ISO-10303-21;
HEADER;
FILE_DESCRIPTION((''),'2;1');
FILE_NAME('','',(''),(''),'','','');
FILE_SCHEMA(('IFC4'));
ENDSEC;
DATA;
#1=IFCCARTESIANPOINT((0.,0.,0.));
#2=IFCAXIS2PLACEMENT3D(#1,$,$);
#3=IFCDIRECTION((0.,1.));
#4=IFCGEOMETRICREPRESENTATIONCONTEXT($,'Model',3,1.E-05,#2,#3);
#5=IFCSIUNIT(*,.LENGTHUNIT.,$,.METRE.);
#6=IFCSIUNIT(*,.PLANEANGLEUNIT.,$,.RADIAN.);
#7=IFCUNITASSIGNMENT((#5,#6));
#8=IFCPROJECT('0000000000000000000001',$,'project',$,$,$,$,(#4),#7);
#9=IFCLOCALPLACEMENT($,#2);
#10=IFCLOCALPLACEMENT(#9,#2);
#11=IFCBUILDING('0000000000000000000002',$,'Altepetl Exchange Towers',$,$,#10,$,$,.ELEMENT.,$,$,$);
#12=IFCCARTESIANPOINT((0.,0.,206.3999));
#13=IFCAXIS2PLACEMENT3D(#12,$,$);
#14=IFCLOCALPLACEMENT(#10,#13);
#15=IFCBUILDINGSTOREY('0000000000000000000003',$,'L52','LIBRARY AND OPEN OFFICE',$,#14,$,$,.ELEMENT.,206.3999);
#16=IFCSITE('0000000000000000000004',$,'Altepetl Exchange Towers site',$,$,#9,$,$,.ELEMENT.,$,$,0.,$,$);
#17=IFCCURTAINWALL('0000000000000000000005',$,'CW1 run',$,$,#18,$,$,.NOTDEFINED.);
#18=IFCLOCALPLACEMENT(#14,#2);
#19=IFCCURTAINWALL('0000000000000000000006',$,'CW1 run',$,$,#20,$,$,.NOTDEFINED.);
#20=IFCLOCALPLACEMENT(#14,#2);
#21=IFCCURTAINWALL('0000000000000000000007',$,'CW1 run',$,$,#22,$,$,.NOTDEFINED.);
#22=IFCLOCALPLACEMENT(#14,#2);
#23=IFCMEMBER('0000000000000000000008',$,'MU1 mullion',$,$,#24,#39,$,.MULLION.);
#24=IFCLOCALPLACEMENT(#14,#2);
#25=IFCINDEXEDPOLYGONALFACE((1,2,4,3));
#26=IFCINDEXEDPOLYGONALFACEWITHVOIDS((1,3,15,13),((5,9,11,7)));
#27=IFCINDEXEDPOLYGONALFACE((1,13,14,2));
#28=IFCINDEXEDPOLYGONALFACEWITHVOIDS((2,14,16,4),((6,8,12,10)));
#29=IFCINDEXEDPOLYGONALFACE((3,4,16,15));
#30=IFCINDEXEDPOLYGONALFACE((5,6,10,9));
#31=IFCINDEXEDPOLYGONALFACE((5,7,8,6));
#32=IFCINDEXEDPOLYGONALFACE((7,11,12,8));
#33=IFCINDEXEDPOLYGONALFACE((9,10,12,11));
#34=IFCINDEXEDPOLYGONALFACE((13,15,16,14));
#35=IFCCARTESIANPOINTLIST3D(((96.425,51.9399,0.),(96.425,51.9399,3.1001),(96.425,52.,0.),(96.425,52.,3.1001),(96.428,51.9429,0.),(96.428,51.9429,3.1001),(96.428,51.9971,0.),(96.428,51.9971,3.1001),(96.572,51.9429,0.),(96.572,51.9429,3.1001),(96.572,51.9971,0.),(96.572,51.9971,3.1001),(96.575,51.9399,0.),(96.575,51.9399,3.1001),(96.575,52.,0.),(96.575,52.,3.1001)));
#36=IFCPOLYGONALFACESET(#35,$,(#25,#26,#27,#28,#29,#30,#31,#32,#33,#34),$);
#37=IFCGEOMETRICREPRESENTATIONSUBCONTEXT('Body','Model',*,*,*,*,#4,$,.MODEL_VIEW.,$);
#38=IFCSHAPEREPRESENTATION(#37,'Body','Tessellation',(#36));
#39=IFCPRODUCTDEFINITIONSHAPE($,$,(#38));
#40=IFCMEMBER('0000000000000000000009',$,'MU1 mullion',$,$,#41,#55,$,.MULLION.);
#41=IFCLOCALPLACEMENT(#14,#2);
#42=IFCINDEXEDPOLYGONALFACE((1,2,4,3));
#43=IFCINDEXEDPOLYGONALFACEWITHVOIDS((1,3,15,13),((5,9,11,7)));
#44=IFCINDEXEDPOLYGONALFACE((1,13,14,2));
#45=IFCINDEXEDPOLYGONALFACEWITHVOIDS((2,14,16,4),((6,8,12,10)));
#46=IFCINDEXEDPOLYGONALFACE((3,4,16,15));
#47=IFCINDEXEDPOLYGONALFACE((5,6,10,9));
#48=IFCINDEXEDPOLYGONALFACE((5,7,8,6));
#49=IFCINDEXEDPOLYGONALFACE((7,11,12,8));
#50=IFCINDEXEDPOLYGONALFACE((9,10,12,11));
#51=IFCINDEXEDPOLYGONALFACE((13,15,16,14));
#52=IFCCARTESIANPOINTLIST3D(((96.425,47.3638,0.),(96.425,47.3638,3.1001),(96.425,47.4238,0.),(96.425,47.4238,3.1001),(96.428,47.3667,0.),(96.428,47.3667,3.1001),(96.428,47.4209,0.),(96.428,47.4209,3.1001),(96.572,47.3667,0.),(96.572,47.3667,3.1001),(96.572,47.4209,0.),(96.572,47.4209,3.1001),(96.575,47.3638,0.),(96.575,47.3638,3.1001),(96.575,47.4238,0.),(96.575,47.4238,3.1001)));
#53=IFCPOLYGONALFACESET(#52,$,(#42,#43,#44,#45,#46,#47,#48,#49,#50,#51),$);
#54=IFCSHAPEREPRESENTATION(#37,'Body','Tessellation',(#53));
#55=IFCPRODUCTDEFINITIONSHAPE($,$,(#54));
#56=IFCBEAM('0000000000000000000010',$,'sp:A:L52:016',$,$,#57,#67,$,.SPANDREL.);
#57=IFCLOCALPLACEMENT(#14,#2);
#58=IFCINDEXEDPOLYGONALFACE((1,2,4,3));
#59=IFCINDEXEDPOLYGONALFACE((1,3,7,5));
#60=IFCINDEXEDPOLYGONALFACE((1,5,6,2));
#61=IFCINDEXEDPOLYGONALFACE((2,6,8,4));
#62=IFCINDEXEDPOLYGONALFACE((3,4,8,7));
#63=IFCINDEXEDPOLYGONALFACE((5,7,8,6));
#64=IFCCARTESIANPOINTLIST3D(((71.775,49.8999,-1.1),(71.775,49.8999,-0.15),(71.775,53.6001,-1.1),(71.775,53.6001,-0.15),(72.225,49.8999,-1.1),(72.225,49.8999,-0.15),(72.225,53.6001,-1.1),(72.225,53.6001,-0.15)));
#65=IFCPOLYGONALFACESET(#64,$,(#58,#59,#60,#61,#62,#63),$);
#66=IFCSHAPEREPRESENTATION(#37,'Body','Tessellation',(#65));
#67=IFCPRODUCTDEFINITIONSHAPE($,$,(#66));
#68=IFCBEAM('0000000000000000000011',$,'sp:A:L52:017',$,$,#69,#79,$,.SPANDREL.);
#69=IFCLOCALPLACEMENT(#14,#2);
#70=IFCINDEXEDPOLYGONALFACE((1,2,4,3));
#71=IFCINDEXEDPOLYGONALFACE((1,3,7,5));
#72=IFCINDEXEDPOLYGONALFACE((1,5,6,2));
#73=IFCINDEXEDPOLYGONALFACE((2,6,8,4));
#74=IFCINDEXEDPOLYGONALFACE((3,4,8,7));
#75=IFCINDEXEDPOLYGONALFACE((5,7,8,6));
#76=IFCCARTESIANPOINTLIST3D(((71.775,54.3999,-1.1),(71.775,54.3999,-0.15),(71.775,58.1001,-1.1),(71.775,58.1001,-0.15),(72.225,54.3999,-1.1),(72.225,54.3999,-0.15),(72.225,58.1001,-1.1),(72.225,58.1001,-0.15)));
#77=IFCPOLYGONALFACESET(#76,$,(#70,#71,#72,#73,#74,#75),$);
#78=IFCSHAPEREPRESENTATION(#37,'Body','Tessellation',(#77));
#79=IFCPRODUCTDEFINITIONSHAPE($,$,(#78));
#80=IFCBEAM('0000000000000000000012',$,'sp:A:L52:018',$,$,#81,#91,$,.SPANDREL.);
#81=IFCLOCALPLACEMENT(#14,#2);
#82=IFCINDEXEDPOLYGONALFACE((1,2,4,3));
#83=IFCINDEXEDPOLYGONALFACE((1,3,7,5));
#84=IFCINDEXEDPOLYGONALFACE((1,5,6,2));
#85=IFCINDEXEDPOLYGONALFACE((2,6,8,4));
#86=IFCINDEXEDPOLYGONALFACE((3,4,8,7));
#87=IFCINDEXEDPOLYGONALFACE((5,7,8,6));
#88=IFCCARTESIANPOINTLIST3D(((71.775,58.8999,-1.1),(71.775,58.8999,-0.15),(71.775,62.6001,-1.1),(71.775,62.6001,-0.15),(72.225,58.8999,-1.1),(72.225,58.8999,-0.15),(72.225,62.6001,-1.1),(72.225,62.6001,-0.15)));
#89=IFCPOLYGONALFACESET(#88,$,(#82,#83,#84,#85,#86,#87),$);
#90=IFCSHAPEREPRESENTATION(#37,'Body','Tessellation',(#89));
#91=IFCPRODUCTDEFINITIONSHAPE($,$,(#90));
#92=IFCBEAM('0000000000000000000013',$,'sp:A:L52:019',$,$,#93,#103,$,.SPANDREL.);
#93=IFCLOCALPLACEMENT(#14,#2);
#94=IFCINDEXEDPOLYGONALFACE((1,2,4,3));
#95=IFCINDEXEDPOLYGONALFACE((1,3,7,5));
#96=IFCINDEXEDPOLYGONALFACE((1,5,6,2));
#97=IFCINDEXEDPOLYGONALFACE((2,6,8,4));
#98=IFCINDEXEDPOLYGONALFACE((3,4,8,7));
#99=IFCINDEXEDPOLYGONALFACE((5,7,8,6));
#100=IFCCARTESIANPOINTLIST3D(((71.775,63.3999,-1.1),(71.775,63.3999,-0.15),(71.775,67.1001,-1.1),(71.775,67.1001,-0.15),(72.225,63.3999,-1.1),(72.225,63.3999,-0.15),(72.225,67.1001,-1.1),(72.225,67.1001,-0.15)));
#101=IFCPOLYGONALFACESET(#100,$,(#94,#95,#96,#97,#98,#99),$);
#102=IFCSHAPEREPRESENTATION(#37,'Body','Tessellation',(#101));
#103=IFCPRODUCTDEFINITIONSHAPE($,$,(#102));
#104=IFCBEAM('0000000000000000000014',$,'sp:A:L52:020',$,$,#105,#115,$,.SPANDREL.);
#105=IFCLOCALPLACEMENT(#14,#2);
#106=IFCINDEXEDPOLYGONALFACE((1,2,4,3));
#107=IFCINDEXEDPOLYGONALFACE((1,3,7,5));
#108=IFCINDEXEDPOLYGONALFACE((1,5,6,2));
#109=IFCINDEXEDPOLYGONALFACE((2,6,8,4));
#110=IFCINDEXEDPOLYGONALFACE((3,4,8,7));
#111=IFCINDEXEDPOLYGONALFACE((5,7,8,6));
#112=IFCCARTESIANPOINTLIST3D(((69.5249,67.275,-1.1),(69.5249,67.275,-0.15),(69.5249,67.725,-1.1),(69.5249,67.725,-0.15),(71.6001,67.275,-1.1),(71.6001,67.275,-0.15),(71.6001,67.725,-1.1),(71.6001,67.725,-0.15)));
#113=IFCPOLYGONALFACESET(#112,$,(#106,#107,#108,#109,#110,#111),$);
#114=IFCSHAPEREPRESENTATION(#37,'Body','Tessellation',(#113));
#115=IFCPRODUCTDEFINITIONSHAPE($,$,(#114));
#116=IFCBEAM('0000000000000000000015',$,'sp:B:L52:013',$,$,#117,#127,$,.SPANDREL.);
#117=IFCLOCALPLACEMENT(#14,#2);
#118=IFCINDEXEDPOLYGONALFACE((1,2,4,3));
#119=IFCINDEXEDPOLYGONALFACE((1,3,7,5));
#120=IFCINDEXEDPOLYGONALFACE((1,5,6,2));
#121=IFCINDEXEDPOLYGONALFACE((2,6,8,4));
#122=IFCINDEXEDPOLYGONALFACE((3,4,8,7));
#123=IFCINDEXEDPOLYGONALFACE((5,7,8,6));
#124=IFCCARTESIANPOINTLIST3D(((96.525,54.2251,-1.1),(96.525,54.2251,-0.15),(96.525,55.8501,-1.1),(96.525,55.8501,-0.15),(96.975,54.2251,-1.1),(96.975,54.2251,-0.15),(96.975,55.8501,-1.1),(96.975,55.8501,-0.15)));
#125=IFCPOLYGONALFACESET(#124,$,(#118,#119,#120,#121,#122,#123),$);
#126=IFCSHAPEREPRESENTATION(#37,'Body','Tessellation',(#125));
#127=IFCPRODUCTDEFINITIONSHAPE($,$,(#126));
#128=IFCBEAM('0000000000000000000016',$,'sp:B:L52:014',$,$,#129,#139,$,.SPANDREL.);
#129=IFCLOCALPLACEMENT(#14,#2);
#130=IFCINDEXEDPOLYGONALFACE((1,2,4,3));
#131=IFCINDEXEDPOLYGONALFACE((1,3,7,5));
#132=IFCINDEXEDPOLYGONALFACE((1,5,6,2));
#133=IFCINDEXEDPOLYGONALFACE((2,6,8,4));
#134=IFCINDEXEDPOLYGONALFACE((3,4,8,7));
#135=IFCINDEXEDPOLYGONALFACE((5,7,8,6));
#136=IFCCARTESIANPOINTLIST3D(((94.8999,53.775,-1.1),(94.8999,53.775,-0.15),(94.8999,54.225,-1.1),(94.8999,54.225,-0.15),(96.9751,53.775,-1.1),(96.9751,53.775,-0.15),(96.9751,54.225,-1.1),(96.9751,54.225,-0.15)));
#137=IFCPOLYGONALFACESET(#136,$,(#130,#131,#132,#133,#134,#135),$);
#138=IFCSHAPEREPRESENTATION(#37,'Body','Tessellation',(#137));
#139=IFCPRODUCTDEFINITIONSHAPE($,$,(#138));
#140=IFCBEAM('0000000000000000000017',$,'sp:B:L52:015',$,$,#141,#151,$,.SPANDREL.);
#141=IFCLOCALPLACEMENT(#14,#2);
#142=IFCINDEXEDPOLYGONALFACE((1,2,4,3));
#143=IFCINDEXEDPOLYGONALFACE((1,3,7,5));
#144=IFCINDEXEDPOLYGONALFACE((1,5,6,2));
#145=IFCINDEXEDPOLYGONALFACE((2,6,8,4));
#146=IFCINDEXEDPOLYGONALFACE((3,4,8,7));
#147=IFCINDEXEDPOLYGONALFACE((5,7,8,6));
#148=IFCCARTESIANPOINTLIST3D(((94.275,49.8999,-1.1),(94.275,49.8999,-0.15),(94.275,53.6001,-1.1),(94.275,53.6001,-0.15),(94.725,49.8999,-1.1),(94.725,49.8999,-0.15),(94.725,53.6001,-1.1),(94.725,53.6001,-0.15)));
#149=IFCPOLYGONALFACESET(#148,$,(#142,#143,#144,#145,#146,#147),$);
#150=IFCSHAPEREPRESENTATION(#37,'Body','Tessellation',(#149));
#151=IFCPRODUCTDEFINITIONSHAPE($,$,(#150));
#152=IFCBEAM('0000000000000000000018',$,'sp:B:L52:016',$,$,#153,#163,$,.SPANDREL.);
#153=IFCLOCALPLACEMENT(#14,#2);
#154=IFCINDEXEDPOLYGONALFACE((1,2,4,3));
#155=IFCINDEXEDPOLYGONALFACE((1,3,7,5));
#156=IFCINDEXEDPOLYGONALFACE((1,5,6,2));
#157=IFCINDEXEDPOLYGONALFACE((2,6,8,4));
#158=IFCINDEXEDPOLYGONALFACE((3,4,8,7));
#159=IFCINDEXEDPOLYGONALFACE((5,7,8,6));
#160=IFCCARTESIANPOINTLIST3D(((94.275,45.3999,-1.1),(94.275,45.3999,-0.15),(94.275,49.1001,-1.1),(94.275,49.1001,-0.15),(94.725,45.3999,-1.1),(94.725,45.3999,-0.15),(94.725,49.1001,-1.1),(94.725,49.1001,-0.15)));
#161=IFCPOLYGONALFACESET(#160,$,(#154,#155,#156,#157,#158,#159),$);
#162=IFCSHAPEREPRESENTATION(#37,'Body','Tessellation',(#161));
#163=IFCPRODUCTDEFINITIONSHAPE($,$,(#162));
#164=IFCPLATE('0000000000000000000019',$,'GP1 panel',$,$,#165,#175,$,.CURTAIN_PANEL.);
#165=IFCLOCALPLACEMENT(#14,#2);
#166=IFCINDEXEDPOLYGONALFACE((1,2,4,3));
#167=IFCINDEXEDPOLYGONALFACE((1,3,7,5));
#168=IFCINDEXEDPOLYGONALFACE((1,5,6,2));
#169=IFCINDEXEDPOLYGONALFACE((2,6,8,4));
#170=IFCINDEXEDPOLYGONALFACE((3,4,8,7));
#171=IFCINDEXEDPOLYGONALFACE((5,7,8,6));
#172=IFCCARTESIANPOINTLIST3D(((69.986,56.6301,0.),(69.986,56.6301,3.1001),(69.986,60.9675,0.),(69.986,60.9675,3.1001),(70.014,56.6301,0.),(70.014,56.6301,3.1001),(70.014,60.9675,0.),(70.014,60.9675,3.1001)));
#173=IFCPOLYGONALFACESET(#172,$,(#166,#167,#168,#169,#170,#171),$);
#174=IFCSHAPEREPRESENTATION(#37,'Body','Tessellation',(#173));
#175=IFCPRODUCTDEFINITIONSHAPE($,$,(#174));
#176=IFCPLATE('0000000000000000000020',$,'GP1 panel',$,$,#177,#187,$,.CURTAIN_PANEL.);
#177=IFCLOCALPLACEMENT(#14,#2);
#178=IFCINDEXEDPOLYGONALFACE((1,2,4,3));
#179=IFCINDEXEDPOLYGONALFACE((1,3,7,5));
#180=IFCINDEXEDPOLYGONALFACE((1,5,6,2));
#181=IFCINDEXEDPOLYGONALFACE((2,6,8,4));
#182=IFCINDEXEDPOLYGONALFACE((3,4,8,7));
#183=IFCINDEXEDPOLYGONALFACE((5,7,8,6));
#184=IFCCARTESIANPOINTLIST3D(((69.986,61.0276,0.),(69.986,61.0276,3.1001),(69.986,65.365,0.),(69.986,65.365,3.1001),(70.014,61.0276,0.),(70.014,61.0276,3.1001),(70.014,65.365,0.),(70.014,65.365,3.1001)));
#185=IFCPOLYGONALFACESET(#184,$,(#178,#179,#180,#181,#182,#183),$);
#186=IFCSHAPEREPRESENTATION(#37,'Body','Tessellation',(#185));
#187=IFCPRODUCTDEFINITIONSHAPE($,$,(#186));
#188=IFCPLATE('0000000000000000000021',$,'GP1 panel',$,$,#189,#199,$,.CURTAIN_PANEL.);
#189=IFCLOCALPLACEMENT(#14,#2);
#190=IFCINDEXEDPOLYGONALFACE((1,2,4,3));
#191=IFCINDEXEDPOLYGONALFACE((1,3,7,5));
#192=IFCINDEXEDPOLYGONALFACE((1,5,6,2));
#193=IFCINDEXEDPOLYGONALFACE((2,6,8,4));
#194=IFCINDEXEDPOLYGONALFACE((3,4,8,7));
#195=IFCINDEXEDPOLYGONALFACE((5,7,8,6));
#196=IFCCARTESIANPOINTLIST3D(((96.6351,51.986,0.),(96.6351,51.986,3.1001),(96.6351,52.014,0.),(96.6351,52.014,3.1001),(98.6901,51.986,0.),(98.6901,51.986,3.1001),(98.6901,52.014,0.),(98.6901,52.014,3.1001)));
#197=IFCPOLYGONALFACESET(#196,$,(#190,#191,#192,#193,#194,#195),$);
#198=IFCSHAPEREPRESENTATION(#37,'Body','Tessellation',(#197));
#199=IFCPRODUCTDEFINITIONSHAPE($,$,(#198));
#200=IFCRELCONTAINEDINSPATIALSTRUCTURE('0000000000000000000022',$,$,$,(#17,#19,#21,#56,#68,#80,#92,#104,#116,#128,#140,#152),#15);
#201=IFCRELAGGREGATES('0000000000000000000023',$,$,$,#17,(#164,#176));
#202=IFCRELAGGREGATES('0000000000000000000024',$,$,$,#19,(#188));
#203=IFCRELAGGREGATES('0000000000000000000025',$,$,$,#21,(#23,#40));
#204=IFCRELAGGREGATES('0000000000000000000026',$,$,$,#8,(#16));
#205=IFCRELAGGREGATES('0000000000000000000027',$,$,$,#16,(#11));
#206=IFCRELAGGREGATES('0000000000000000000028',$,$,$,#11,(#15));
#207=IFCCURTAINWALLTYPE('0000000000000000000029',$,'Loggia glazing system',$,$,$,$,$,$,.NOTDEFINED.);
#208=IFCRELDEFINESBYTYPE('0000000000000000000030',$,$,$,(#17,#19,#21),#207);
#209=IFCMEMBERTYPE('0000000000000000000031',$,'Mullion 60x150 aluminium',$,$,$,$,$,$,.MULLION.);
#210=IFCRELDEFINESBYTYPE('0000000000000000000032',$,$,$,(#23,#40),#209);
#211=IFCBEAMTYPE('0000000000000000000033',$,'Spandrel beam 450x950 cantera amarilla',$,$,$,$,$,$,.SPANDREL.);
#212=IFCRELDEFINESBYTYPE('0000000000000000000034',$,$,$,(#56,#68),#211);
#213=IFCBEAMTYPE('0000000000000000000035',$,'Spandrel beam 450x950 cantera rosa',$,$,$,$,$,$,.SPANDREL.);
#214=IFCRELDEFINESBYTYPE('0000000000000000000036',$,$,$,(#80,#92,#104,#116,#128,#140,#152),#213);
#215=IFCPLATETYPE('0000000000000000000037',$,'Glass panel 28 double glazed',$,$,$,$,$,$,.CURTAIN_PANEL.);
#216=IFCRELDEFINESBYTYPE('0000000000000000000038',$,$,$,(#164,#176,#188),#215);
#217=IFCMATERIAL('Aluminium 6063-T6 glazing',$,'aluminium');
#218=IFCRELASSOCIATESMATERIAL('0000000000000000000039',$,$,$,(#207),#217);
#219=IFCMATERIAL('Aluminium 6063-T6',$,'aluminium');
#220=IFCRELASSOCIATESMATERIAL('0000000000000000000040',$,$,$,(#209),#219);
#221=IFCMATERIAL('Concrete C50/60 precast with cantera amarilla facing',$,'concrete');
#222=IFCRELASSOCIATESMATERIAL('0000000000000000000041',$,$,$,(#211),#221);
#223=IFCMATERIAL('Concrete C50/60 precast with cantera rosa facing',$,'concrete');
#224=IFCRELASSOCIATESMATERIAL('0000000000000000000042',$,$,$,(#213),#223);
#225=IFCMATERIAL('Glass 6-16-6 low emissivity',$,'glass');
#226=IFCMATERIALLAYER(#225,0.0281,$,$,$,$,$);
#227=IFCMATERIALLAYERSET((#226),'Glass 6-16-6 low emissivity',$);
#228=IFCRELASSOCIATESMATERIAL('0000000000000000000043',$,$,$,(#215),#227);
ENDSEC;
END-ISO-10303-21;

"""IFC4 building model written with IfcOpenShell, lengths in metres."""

from ifc_helpers import new_model, si_unit, direction, frame, origin, origin_2d, place, context, subcontext, project, spatial, rectangle, hollow_rectangle, extrude, material, layer, layer_set, material_profile, profile_set, type_object, element, aggregate, save


model = new_model("IFC4")

# Units and contexts
model_context = context("Model", 3, precision=1e-05, world=origin(), true_north=direction((0.0, 1.0)))
body_context = subcontext(model_context, "Body", "Model", "MODEL_VIEW")
ifc_project = project(units=[si_unit("LENGTHUNIT", "METRE"), si_unit("PLANEANGLEUNIT", "RADIAN")], contexts=[model_context])

# Site, building, storey
site_placement = place(None, origin())
site = spatial("IfcSite", under=ifc_project, at=site_placement, Name="Altepetl Exchange Towers site", CompositionType="ELEMENT", RefElevation=0.0)
building_placement = place(site_placement, origin())
building = spatial("IfcBuilding", under=site, at=building_placement, Name="Altepetl Exchange Towers", CompositionType="ELEMENT")
storey_placement = place(building_placement, frame((0.0, 0.0, 206.3999)))
storey = spatial("IfcBuildingStorey", under=building, at=storey_placement, Name="L52", Description="LIBRARY AND OPEN OFFICE", CompositionType="ELEMENT", Elevation=206.3999)

# Curtain wall
ifc_material_1 = material(Name="Aluminium 6063-T6 glazing", Category="aluminium")
curtain_wall_type = type_object("IfcCurtainWallType", Name="Loggia glazing system", PredefinedType="NOTDEFINED", material=ifc_material_1)
curtain_wall_1_placement = place(storey_placement, origin())
curtain_wall_1 = element("IfcCurtainWall", 1, at=curtain_wall_1_placement, inside=storey, type_object=curtain_wall_type, Name="CW1 run", PredefinedType="NOTDEFINED")
ifc_material_2 = material(Name="Aluminium 6063-T6", Category="aluminium")
ifc_material_profile_1 = material_profile(ifc_material_2, hollow_rectangle(XDim=0.0601, YDim=0.1499, WallThickness=0.0029, at=origin_2d()), Name="Mullion 60x150 aluminium")
ifc_profile_set_1 = profile_set([ifc_material_profile_1], Name="Aluminium 6063-T6")
member_type = type_object("IfcMemberType", Name="Mullion 60x150 aluminium", PredefinedType="MULLION", material=ifc_profile_set_1)

# Curtain wall
curtain_wall_2_placement = place(storey_placement, origin())
curtain_wall_2 = element("IfcCurtainWall", 2, at=curtain_wall_2_placement, inside=storey, type_object=curtain_wall_type, Name="CW1 run", PredefinedType="NOTDEFINED")

# Curtain wall, members
curtain_wall_3_placement = place(storey_placement, origin())
curtain_wall_3 = element("IfcCurtainWall", 3, at=curtain_wall_3_placement, inside=storey, type_object=curtain_wall_type, Name="CW1 run", PredefinedType="NOTDEFINED")
member_1_placement = place(storey_placement, frame((96.5, 51.97, 0.0), z_axis=(0.0, 0.0, 1.0), x_axis=(0.0, -1.0, 0.0)))
member_1 = element("IfcMember", 4, at=member_1_placement, type_object=member_type, Name="MU1 mullion", PredefinedType="MULLION", context=body_context, shape_type="SweptSolid", body=[
    extrude(hollow_rectangle(XDim=0.0601, YDim=0.1499, WallThickness=0.0029, at=origin_2d()), origin(), (0.0, 0.0, 1.0), 3.1001),
])
member_2_placement = place(storey_placement, frame((96.5, 47.3938, 0.0), z_axis=(0.0, 0.0, 1.0), x_axis=(0.0, -1.0, 0.0)))
member_2 = element("IfcMember", 5, at=member_2_placement, type_object=member_type, Name="MU1 mullion", PredefinedType="MULLION", context=body_context, shape_type="SweptSolid", body=[
    extrude(hollow_rectangle(XDim=0.0601, YDim=0.1499, WallThickness=0.0029, at=origin_2d()), origin(), (0.0, 0.0, 1.0), 3.1001),
])

# Beams
ifc_material_3 = material(Name="Concrete C50/60 precast with cantera amarilla facing", Category="concrete")
ifc_material_profile_2 = material_profile(ifc_material_3, rectangle(XDim=0.45, YDim=0.95, at=origin_2d()), Name="450 x 950")
ifc_profile_set_2 = profile_set([ifc_material_profile_2], Name="Concrete C50/60 precast with cantera amarilla facing")
beam_type_1 = type_object("IfcBeamType", Name="Spandrel beam 450x950 cantera amarilla", PredefinedType="SPANDREL", material=ifc_profile_set_2)
for number, where, z_axis, x_axis, name in (
    (6, (72.0, 49.8999, -0.625), (0.0, 1.0, 0.0), (-1.0, 0.0, 0.0), "sp:A:L52:016"),
    (7, (72.0, 54.3999, -0.625), (0.0, 1.0, 0.0), (-1.0, 0.0, 0.0), "sp:A:L52:017"),
):
    element("IfcBeam", number, at=place(storey_placement, frame(where, z_axis=z_axis, x_axis=x_axis)), inside=storey, type_object=beam_type_1, Name=name, PredefinedType="SPANDREL", context=body_context, shape_type="SweptSolid", body=[
        extrude(rectangle(XDim=0.45, YDim=0.95, at=origin_2d()), origin(), (0.0, 0.0, 1.0), 3.7002),
    ])
ifc_material_4 = material(Name="Concrete C50/60 precast with cantera rosa facing", Category="concrete")
ifc_material_profile_3 = material_profile(ifc_material_4, rectangle(XDim=0.45, YDim=0.95, at=origin_2d()), Name="450 x 950")
ifc_profile_set_3 = profile_set([ifc_material_profile_3], Name="Concrete C50/60 precast with cantera rosa facing")
beam_type_2 = type_object("IfcBeamType", Name="Spandrel beam 450x950 cantera rosa", PredefinedType="SPANDREL", material=ifc_profile_set_3)
for number, where, z_axis, x_axis, name in (
    (8, (72.0, 58.8999, -0.625), (0.0, 1.0, 0.0), (-1.0, 0.0, 0.0), "sp:A:L52:018"),
    (9, (72.0, 63.3999, -0.625), (0.0, 1.0, 0.0), (-1.0, 0.0, 0.0), "sp:A:L52:019"),
):
    element("IfcBeam", number, at=place(storey_placement, frame(where, z_axis=z_axis, x_axis=x_axis)), inside=storey, type_object=beam_type_2, Name=name, PredefinedType="SPANDREL", context=body_context, shape_type="SweptSolid", body=[
        extrude(rectangle(XDim=0.45, YDim=0.95, at=origin_2d()), origin(), (0.0, 0.0, 1.0), 3.7002),
    ])
beam_1_placement = place(storey_placement, frame((71.6001, 67.5, -0.625), z_axis=(-1.0, 0.0, 0.0), x_axis=(0.0, -1.0, 0.0)))
element("IfcBeam", 10, at=beam_1_placement, inside=storey, type_object=beam_type_2, Name="sp:A:L52:020", PredefinedType="SPANDREL", context=body_context, shape_type="SweptSolid", body=[
    extrude(rectangle(XDim=0.45, YDim=0.95, at=origin_2d()), origin(), (0.0, 0.0, 1.0), 2.0752),
])
beam_2_placement = place(storey_placement, frame((96.75, 55.8501, -0.625), z_axis=(0.0, -1.0, 0.0), x_axis=(1.0, 0.0, 0.0)))
element("IfcBeam", 11, at=beam_2_placement, inside=storey, type_object=beam_type_2, Name="sp:B:L52:013", PredefinedType="SPANDREL", context=body_context, shape_type="SweptSolid", body=[
    extrude(rectangle(XDim=0.45, YDim=0.95, at=origin_2d()), origin(), (0.0, 0.0, 1.0), 1.625),
])
beam_3_placement = place(storey_placement, frame((96.9751, 54.0, -0.625), z_axis=(-1.0, 0.0, 0.0), x_axis=(0.0, -1.0, 0.0)))
element("IfcBeam", 12, at=beam_3_placement, inside=storey, type_object=beam_type_2, Name="sp:B:L52:014", PredefinedType="SPANDREL", context=body_context, shape_type="SweptSolid", body=[
    extrude(rectangle(XDim=0.45, YDim=0.95, at=origin_2d()), origin(), (0.0, 0.0, 1.0), 2.0752),
])
for number, where, z_axis, x_axis, name in (
    (13, (94.5, 53.6001, -0.625), (0.0, -1.0, 0.0), (1.0, 0.0, 0.0), "sp:B:L52:015"),
    (14, (94.5, 49.1001, -0.625), (0.0, -1.0, 0.0), (1.0, 0.0, 0.0), "sp:B:L52:016"),
):
    element("IfcBeam", number, at=place(storey_placement, frame(where, z_axis=z_axis, x_axis=x_axis)), inside=storey, type_object=beam_type_2, Name=name, PredefinedType="SPANDREL", context=body_context, shape_type="SweptSolid", body=[
        extrude(rectangle(XDim=0.45, YDim=0.95, at=origin_2d()), origin(), (0.0, 0.0, 1.0), 3.7002),
    ])

# Plates
ifc_material_5 = material(Name="Glass 6-16-6 low emissivity", Category="glass")
ifc_layer = layer(ifc_material_5, 0.0281)
ifc_layer_set = layer_set([ifc_layer], Name="Glass 6-16-6 low emissivity")
plate_type = type_object("IfcPlateType", Name="Glass panel 28 double glazed", PredefinedType="CURTAIN_PANEL", material=ifc_layer_set)
plate_1_placement = place(storey_placement, frame((70.0, 58.7988, 0.0), z_axis=(0.0, 0.0, 1.0), x_axis=(0.0, 1.0, 0.0)))
plate_1 = element("IfcPlate", 15, at=plate_1_placement, type_object=plate_type, Name="GP1 panel", PredefinedType="CURTAIN_PANEL", context=body_context, shape_type="SweptSolid", body=[
    extrude(rectangle(XDim=4.3374, YDim=0.0281, at=origin_2d()), origin(), (0.0, 0.0, 1.0), 3.1001),
])
plate_2_placement = place(storey_placement, frame((70.0, 63.1963, 0.0), z_axis=(0.0, 0.0, 1.0), x_axis=(0.0, 1.0, 0.0)))
plate_2 = element("IfcPlate", 16, at=plate_2_placement, type_object=plate_type, Name="GP1 panel", PredefinedType="CURTAIN_PANEL", context=body_context, shape_type="SweptSolid", body=[
    extrude(rectangle(XDim=4.3374, YDim=0.0281, at=origin_2d()), origin(), (0.0, 0.0, 1.0), 3.1001),
])
aggregate(curtain_wall_1, [plate_1, plate_2])
plate_3_placement = place(storey_placement, frame((97.6626, 52.0, 0.0), z_axis=(0.0, 0.0, 1.0), x_axis=(-1.0, 0.0, 0.0)))
plate_3 = element("IfcPlate", 17, at=plate_3_placement, type_object=plate_type, Name="GP1 panel", PredefinedType="CURTAIN_PANEL", context=body_context, shape_type="SweptSolid", body=[
    extrude(rectangle(XDim=2.0549, YDim=0.0281, at=origin_2d()), origin(), (0.0, 0.0, 1.0), 3.1001),
])
aggregate(curtain_wall_2, [plate_3])
aggregate(curtain_wall_3, [member_1, member_2])

save(model, "model.ifc")
